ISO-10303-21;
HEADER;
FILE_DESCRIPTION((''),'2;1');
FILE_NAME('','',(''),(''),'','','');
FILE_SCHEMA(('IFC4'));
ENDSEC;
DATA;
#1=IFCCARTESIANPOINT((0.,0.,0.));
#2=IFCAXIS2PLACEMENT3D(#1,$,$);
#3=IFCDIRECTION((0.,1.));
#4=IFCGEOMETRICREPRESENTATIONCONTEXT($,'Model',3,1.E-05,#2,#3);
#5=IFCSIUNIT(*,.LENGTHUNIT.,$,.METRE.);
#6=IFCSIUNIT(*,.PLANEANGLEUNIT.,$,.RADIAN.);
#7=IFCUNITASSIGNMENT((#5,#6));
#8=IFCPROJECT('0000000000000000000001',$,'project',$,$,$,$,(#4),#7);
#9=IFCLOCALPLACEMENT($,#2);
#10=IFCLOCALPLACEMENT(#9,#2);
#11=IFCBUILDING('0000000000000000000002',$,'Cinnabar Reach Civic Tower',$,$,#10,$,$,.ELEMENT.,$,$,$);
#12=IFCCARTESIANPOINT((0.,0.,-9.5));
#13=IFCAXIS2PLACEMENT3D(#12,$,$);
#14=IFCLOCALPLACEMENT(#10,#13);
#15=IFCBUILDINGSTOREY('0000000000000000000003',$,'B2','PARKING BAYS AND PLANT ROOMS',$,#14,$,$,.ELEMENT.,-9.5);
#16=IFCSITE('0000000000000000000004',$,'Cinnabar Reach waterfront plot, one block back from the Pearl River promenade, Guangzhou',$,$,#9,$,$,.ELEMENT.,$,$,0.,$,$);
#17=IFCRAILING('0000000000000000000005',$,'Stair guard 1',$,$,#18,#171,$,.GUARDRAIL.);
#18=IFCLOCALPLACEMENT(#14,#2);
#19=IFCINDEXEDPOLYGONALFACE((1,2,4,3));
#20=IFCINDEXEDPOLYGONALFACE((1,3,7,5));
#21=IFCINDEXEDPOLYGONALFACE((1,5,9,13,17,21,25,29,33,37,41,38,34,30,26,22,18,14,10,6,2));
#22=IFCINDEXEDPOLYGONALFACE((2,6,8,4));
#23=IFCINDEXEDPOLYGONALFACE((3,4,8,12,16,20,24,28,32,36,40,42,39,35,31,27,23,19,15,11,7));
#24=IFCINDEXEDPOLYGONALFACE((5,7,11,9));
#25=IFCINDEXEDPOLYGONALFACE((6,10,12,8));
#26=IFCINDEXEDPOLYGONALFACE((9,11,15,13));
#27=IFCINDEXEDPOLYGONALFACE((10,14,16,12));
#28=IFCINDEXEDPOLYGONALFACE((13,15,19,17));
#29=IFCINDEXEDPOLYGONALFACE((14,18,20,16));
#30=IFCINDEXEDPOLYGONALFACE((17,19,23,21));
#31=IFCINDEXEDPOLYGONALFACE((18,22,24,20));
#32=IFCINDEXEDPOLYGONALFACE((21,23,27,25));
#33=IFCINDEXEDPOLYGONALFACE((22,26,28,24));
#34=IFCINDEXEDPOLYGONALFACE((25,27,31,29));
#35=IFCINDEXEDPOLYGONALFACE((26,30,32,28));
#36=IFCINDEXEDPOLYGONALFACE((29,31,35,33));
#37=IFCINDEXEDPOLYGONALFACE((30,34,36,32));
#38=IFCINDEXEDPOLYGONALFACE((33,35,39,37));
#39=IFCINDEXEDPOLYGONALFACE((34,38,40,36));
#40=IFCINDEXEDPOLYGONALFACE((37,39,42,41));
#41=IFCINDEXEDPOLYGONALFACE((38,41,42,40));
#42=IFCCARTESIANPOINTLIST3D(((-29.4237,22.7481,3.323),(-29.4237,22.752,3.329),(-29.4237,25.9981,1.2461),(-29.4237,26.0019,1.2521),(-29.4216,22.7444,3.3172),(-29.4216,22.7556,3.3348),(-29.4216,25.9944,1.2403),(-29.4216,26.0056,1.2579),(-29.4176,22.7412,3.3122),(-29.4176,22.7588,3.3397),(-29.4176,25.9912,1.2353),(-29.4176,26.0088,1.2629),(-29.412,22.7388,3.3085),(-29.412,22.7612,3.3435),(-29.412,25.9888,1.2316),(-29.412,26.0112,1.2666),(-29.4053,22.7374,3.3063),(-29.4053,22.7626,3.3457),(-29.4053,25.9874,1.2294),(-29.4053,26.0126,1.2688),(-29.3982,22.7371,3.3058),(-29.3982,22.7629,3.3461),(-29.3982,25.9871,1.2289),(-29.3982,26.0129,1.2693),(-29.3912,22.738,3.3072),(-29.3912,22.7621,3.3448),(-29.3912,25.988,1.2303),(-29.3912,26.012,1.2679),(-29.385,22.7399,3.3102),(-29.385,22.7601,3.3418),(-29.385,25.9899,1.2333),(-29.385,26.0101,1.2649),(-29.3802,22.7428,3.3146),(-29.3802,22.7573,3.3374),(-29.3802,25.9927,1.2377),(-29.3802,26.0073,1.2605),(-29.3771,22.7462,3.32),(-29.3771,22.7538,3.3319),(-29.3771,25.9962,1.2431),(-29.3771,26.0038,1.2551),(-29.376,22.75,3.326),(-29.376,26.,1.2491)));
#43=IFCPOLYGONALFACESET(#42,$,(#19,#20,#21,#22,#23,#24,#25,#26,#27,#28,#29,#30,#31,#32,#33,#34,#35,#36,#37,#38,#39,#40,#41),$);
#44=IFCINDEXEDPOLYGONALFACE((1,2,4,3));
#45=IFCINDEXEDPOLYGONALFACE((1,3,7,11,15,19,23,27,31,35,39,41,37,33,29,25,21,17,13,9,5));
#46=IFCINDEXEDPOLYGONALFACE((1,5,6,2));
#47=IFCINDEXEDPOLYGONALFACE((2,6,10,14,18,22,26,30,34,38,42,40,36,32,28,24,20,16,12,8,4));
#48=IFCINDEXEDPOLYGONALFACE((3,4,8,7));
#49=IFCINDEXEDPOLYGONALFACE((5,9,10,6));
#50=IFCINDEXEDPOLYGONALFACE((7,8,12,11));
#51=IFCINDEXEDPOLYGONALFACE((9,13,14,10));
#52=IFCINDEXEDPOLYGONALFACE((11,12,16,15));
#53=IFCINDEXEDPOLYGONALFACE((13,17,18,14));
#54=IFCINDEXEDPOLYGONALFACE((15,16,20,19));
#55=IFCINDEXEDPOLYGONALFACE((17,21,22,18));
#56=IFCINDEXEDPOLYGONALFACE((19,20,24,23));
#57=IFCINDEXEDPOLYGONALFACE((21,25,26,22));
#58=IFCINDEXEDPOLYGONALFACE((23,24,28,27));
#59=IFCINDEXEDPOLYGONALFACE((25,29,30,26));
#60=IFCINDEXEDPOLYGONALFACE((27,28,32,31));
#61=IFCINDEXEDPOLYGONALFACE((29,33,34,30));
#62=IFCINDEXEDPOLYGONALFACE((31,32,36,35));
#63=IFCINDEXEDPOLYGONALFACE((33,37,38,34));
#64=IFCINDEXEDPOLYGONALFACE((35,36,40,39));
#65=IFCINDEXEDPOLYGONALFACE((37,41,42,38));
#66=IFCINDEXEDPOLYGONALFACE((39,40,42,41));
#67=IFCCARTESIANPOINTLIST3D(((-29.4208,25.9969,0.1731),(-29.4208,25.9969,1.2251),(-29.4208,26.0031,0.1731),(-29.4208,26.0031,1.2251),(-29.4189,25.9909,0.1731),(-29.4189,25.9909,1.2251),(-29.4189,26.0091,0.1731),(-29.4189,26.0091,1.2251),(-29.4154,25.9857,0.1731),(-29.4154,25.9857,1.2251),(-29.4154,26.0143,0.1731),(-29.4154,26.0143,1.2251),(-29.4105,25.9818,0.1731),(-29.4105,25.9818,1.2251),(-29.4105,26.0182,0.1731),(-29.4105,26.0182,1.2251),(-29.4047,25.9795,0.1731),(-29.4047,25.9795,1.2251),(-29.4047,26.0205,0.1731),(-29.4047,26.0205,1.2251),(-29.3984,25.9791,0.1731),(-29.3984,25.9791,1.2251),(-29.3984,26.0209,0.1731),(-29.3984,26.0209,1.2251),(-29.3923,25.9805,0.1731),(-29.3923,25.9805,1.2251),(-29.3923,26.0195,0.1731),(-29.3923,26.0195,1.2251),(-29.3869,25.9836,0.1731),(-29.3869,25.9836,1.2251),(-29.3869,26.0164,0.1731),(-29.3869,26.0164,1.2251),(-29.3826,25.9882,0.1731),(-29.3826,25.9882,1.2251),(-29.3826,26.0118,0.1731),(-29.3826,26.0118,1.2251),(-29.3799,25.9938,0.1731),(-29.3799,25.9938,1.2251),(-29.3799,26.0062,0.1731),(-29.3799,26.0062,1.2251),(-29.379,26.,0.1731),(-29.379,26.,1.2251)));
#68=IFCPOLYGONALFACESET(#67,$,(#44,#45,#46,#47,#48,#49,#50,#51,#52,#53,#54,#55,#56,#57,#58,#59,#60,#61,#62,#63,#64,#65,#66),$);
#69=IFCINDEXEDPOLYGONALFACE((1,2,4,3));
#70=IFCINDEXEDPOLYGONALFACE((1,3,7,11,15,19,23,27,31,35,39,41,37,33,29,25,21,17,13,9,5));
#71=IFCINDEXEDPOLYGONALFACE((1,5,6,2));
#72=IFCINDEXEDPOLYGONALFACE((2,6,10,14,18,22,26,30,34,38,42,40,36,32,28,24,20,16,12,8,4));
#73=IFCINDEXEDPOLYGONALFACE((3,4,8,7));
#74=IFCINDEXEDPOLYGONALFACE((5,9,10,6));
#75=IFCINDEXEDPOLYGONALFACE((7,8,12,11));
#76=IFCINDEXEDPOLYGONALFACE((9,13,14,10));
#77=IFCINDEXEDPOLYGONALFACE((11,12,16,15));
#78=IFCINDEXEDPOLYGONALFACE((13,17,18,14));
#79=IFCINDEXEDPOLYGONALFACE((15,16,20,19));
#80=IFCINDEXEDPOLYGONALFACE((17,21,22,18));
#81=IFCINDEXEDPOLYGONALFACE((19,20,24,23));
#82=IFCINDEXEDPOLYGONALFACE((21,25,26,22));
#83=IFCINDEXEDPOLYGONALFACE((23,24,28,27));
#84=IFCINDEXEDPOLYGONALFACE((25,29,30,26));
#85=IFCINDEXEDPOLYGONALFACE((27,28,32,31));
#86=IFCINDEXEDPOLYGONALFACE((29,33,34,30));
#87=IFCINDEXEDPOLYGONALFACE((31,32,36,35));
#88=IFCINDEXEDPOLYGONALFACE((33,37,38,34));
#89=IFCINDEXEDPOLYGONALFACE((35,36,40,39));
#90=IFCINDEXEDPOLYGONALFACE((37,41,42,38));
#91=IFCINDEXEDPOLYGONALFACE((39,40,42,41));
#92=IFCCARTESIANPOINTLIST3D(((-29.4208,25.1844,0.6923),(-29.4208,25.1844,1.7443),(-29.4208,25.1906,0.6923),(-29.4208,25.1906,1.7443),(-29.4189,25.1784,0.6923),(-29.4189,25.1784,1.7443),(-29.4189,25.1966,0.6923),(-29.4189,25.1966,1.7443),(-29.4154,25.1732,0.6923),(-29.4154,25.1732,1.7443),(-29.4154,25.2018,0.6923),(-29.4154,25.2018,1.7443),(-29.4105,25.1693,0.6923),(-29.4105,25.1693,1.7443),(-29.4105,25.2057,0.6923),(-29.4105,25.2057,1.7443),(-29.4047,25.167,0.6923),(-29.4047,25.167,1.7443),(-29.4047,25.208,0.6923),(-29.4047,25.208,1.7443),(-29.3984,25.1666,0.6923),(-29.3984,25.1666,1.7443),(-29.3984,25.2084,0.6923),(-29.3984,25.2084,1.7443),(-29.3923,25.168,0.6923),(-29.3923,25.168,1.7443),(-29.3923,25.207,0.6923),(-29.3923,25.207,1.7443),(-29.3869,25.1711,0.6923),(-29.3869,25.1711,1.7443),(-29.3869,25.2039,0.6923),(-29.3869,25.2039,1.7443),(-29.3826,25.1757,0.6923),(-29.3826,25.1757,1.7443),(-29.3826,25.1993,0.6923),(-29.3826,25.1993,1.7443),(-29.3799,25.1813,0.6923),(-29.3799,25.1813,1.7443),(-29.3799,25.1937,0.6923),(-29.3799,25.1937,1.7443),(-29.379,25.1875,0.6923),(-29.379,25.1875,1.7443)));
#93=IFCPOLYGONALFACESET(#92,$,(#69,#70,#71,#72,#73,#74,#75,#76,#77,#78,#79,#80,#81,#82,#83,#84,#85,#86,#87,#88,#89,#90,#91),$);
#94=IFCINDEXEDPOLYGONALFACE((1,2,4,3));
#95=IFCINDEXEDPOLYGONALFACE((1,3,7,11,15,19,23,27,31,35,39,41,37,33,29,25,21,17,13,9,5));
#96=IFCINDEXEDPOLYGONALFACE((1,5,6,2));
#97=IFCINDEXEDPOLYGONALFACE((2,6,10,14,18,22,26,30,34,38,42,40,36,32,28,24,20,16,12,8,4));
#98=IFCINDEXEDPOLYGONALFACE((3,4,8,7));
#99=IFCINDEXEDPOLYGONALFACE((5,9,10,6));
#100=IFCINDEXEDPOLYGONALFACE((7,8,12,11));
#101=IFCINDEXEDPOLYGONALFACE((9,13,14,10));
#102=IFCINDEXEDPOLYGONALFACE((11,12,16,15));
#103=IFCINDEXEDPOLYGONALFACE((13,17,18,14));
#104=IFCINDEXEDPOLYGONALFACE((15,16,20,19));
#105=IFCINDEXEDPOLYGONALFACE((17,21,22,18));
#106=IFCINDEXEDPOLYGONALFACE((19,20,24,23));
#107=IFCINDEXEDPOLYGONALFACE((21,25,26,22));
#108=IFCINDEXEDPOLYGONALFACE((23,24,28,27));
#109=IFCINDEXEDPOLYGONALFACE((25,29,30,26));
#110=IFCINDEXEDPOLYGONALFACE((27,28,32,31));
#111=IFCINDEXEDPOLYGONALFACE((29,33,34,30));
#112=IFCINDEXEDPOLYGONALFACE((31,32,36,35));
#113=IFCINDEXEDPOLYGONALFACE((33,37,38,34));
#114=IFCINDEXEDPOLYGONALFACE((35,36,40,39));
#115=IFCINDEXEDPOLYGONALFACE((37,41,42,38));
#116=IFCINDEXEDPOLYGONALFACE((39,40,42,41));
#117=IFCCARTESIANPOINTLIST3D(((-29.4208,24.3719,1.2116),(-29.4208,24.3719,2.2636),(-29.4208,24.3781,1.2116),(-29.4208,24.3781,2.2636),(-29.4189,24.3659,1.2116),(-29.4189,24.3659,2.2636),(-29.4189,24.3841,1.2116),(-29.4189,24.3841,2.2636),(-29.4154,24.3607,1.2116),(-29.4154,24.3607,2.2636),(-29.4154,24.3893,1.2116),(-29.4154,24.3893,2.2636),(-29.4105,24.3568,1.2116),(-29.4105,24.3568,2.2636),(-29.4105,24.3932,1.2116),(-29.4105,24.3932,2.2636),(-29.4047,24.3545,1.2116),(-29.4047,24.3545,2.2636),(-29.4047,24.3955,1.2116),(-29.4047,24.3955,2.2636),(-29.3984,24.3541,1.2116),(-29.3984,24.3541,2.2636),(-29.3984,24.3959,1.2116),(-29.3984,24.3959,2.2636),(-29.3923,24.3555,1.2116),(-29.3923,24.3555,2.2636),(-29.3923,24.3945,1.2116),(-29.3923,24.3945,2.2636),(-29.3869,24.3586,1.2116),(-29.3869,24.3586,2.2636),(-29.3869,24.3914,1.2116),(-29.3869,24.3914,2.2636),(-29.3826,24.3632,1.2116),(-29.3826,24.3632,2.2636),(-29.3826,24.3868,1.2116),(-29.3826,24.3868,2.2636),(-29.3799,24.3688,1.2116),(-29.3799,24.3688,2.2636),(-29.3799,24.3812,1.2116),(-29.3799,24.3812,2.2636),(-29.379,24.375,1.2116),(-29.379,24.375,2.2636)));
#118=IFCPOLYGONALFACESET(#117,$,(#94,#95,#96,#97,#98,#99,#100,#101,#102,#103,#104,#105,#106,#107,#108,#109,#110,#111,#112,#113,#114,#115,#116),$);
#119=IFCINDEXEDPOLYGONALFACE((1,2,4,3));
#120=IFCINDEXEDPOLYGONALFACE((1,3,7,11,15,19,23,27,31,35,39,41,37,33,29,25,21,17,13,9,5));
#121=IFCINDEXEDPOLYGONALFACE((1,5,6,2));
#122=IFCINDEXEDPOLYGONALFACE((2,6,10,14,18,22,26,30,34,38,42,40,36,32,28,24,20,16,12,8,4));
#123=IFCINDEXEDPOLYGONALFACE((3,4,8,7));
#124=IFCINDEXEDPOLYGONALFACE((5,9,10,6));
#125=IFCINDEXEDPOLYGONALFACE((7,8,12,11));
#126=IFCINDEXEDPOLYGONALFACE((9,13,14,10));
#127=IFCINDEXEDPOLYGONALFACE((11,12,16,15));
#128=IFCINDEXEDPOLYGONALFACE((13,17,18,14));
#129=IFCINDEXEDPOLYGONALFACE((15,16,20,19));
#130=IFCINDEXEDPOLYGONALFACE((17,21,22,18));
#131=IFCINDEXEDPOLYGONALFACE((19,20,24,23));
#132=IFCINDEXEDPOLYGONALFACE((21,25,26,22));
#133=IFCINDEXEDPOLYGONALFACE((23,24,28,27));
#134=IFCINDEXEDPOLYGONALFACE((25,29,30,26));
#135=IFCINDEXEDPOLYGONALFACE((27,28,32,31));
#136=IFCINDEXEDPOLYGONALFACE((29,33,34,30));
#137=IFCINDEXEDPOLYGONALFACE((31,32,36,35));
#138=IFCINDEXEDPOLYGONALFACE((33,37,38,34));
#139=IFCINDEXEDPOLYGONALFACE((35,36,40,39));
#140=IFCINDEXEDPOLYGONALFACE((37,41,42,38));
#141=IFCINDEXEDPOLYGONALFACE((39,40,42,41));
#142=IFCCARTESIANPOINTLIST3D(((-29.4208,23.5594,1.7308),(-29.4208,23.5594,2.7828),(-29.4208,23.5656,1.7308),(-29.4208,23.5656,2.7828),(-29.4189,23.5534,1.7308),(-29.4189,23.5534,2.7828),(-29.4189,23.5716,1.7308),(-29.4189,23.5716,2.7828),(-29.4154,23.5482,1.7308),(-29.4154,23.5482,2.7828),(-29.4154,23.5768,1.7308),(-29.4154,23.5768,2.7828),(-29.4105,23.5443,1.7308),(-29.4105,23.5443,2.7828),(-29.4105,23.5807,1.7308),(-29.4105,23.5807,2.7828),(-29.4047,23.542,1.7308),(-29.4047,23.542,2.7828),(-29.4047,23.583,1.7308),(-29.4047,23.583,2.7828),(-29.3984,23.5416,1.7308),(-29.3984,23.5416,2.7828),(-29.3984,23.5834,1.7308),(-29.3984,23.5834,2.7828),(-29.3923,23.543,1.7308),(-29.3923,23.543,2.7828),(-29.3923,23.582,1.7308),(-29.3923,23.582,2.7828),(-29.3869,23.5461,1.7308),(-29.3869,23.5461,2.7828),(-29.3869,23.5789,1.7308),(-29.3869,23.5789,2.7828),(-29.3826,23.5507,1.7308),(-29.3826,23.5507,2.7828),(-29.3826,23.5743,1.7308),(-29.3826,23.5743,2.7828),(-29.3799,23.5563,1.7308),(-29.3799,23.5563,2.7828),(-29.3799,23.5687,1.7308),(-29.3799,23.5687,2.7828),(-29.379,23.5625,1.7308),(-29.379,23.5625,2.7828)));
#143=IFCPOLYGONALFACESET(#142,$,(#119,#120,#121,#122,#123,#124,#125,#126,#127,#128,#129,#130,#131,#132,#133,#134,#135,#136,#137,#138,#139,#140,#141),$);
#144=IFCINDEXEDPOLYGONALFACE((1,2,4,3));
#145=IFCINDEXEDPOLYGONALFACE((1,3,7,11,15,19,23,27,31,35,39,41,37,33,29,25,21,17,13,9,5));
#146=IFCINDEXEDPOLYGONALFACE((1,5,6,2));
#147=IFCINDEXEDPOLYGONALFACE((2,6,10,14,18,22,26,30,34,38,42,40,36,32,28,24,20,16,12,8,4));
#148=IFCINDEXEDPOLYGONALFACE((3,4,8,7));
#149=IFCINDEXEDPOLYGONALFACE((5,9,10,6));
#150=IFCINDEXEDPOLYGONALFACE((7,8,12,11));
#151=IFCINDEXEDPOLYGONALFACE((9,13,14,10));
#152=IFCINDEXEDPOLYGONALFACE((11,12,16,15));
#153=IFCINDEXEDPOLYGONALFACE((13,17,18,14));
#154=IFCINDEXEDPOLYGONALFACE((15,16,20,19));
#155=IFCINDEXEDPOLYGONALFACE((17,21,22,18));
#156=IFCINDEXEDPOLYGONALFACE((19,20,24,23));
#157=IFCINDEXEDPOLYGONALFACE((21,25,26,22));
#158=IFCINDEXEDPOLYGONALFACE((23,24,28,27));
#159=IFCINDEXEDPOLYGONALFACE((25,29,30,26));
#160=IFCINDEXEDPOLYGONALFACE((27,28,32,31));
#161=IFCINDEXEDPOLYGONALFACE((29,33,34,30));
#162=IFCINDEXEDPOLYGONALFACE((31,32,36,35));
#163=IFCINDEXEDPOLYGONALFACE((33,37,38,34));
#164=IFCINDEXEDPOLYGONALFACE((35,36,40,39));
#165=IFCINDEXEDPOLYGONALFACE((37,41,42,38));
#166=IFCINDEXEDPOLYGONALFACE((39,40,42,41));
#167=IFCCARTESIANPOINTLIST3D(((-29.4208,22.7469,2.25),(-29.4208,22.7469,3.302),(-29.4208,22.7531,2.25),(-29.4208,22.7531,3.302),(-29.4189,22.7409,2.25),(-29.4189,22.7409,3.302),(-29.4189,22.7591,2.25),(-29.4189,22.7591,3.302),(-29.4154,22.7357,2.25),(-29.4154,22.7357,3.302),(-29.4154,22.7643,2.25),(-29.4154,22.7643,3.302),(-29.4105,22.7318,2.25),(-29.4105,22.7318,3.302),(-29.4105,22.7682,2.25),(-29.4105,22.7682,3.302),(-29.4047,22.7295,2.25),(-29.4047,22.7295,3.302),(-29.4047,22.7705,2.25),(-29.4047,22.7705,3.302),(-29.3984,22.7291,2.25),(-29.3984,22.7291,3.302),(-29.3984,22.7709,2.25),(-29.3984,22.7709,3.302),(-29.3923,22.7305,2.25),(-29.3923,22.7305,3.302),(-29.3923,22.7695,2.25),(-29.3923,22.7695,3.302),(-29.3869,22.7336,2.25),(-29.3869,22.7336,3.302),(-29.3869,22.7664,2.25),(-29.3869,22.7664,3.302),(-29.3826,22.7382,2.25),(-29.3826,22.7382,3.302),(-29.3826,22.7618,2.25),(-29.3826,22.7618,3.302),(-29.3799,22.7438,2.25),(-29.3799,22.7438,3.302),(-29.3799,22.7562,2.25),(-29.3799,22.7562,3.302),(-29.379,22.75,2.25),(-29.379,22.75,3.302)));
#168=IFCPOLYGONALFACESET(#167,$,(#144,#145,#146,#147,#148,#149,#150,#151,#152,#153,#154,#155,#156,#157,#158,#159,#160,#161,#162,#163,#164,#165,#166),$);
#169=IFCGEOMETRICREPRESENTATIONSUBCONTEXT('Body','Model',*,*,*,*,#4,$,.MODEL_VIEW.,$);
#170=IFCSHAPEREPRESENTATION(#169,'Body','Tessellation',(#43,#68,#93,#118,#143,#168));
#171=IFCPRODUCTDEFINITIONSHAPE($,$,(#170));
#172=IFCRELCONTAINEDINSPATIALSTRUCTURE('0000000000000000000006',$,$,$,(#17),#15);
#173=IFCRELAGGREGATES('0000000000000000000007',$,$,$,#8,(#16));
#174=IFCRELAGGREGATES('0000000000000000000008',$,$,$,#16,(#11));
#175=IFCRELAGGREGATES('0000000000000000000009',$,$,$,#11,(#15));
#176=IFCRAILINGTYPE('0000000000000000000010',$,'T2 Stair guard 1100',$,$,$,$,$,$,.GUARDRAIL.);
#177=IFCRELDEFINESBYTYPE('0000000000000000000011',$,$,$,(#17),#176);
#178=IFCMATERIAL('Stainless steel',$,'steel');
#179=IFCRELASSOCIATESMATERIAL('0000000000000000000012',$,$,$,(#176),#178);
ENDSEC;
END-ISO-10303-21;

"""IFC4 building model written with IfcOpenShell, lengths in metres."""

from ifc_helpers import new_model, si_unit, direction, frame, origin, origin_2d, place, context, subcontext, project, spatial, circle, extrude, material, type_object, element, save


model = new_model("IFC4")

# Units and contexts
model_context = context("Model", 3, precision=1e-05, world=origin(), true_north=direction((0.0, 1.0)))
body_context = subcontext(model_context, "Body", "Model", "MODEL_VIEW")
ifc_project = project(units=[si_unit("LENGTHUNIT", "METRE"), si_unit("PLANEANGLEUNIT", "RADIAN")], contexts=[model_context])

# Site, building, storey
site_placement = place(None, origin())
site = spatial("IfcSite", under=ifc_project, at=site_placement, Name="Cinnabar Reach waterfront plot, one block back from the Pearl River promenade, Guangzhou", CompositionType="ELEMENT", RefElevation=0.0)
building_placement = place(site_placement, origin())
building = spatial("IfcBuilding", under=site, at=building_placement, Name="Cinnabar Reach Civic Tower", CompositionType="ELEMENT")
storey_placement = place(building_placement, frame((0.0, 0.0, -9.5)))
storey = spatial("IfcBuildingStorey", under=building, at=storey_placement, Name="B2", Description="PARKING BAYS AND PLANT ROOMS", CompositionType="ELEMENT", Elevation=-9.5)

# Railing
ifc_material_1 = material(Name="Stainless steel", Category="steel")
railing_type = type_object("IfcRailingType", Name="T2 Stair guard 1100", PredefinedType="GUARDRAIL", material=ifc_material_1)
railing_1_placement = place(storey_placement, frame((-29.4, 26.0, 0.1731)))
element("IfcRailing", 1, at=railing_1_placement, inside=storey, type_object=railing_type, Name="Stair guard 1", PredefinedType="GUARDRAIL", context=body_context, shape_type="SweptSolid", body=[
    extrude(circle(Radius=0.024, at=origin_2d()), frame((0.0, 0.0, 1.076), z_axis=(0.0, -0.842636, 0.538483), x_axis=(1.0, 0.0, 0.0)), (0.0, 0.0, 1.0), 3.8569),
    extrude(circle(Radius=0.021, at=origin_2d()), origin(), (0.0, 0.0, 1.0), 1.052),
    extrude(circle(Radius=0.021, at=origin_2d()), frame((0.0, -0.8125, 0.5192)), (0.0, 0.0, 1.0), 1.052),
    extrude(circle(Radius=0.021, at=origin_2d()), frame((0.0, -1.625, 1.0385)), (0.0, 0.0, 1.0), 1.052),
    extrude(circle(Radius=0.021, at=origin_2d()), frame((0.0, -2.4375, 1.5577)), (0.0, 0.0, 1.0), 1.052),
    extrude(circle(Radius=0.021, at=origin_2d()), frame((0.0, -3.25, 2.0769)), (0.0, 0.0, 1.0), 1.052),
])

save(model, "model.ifc")
